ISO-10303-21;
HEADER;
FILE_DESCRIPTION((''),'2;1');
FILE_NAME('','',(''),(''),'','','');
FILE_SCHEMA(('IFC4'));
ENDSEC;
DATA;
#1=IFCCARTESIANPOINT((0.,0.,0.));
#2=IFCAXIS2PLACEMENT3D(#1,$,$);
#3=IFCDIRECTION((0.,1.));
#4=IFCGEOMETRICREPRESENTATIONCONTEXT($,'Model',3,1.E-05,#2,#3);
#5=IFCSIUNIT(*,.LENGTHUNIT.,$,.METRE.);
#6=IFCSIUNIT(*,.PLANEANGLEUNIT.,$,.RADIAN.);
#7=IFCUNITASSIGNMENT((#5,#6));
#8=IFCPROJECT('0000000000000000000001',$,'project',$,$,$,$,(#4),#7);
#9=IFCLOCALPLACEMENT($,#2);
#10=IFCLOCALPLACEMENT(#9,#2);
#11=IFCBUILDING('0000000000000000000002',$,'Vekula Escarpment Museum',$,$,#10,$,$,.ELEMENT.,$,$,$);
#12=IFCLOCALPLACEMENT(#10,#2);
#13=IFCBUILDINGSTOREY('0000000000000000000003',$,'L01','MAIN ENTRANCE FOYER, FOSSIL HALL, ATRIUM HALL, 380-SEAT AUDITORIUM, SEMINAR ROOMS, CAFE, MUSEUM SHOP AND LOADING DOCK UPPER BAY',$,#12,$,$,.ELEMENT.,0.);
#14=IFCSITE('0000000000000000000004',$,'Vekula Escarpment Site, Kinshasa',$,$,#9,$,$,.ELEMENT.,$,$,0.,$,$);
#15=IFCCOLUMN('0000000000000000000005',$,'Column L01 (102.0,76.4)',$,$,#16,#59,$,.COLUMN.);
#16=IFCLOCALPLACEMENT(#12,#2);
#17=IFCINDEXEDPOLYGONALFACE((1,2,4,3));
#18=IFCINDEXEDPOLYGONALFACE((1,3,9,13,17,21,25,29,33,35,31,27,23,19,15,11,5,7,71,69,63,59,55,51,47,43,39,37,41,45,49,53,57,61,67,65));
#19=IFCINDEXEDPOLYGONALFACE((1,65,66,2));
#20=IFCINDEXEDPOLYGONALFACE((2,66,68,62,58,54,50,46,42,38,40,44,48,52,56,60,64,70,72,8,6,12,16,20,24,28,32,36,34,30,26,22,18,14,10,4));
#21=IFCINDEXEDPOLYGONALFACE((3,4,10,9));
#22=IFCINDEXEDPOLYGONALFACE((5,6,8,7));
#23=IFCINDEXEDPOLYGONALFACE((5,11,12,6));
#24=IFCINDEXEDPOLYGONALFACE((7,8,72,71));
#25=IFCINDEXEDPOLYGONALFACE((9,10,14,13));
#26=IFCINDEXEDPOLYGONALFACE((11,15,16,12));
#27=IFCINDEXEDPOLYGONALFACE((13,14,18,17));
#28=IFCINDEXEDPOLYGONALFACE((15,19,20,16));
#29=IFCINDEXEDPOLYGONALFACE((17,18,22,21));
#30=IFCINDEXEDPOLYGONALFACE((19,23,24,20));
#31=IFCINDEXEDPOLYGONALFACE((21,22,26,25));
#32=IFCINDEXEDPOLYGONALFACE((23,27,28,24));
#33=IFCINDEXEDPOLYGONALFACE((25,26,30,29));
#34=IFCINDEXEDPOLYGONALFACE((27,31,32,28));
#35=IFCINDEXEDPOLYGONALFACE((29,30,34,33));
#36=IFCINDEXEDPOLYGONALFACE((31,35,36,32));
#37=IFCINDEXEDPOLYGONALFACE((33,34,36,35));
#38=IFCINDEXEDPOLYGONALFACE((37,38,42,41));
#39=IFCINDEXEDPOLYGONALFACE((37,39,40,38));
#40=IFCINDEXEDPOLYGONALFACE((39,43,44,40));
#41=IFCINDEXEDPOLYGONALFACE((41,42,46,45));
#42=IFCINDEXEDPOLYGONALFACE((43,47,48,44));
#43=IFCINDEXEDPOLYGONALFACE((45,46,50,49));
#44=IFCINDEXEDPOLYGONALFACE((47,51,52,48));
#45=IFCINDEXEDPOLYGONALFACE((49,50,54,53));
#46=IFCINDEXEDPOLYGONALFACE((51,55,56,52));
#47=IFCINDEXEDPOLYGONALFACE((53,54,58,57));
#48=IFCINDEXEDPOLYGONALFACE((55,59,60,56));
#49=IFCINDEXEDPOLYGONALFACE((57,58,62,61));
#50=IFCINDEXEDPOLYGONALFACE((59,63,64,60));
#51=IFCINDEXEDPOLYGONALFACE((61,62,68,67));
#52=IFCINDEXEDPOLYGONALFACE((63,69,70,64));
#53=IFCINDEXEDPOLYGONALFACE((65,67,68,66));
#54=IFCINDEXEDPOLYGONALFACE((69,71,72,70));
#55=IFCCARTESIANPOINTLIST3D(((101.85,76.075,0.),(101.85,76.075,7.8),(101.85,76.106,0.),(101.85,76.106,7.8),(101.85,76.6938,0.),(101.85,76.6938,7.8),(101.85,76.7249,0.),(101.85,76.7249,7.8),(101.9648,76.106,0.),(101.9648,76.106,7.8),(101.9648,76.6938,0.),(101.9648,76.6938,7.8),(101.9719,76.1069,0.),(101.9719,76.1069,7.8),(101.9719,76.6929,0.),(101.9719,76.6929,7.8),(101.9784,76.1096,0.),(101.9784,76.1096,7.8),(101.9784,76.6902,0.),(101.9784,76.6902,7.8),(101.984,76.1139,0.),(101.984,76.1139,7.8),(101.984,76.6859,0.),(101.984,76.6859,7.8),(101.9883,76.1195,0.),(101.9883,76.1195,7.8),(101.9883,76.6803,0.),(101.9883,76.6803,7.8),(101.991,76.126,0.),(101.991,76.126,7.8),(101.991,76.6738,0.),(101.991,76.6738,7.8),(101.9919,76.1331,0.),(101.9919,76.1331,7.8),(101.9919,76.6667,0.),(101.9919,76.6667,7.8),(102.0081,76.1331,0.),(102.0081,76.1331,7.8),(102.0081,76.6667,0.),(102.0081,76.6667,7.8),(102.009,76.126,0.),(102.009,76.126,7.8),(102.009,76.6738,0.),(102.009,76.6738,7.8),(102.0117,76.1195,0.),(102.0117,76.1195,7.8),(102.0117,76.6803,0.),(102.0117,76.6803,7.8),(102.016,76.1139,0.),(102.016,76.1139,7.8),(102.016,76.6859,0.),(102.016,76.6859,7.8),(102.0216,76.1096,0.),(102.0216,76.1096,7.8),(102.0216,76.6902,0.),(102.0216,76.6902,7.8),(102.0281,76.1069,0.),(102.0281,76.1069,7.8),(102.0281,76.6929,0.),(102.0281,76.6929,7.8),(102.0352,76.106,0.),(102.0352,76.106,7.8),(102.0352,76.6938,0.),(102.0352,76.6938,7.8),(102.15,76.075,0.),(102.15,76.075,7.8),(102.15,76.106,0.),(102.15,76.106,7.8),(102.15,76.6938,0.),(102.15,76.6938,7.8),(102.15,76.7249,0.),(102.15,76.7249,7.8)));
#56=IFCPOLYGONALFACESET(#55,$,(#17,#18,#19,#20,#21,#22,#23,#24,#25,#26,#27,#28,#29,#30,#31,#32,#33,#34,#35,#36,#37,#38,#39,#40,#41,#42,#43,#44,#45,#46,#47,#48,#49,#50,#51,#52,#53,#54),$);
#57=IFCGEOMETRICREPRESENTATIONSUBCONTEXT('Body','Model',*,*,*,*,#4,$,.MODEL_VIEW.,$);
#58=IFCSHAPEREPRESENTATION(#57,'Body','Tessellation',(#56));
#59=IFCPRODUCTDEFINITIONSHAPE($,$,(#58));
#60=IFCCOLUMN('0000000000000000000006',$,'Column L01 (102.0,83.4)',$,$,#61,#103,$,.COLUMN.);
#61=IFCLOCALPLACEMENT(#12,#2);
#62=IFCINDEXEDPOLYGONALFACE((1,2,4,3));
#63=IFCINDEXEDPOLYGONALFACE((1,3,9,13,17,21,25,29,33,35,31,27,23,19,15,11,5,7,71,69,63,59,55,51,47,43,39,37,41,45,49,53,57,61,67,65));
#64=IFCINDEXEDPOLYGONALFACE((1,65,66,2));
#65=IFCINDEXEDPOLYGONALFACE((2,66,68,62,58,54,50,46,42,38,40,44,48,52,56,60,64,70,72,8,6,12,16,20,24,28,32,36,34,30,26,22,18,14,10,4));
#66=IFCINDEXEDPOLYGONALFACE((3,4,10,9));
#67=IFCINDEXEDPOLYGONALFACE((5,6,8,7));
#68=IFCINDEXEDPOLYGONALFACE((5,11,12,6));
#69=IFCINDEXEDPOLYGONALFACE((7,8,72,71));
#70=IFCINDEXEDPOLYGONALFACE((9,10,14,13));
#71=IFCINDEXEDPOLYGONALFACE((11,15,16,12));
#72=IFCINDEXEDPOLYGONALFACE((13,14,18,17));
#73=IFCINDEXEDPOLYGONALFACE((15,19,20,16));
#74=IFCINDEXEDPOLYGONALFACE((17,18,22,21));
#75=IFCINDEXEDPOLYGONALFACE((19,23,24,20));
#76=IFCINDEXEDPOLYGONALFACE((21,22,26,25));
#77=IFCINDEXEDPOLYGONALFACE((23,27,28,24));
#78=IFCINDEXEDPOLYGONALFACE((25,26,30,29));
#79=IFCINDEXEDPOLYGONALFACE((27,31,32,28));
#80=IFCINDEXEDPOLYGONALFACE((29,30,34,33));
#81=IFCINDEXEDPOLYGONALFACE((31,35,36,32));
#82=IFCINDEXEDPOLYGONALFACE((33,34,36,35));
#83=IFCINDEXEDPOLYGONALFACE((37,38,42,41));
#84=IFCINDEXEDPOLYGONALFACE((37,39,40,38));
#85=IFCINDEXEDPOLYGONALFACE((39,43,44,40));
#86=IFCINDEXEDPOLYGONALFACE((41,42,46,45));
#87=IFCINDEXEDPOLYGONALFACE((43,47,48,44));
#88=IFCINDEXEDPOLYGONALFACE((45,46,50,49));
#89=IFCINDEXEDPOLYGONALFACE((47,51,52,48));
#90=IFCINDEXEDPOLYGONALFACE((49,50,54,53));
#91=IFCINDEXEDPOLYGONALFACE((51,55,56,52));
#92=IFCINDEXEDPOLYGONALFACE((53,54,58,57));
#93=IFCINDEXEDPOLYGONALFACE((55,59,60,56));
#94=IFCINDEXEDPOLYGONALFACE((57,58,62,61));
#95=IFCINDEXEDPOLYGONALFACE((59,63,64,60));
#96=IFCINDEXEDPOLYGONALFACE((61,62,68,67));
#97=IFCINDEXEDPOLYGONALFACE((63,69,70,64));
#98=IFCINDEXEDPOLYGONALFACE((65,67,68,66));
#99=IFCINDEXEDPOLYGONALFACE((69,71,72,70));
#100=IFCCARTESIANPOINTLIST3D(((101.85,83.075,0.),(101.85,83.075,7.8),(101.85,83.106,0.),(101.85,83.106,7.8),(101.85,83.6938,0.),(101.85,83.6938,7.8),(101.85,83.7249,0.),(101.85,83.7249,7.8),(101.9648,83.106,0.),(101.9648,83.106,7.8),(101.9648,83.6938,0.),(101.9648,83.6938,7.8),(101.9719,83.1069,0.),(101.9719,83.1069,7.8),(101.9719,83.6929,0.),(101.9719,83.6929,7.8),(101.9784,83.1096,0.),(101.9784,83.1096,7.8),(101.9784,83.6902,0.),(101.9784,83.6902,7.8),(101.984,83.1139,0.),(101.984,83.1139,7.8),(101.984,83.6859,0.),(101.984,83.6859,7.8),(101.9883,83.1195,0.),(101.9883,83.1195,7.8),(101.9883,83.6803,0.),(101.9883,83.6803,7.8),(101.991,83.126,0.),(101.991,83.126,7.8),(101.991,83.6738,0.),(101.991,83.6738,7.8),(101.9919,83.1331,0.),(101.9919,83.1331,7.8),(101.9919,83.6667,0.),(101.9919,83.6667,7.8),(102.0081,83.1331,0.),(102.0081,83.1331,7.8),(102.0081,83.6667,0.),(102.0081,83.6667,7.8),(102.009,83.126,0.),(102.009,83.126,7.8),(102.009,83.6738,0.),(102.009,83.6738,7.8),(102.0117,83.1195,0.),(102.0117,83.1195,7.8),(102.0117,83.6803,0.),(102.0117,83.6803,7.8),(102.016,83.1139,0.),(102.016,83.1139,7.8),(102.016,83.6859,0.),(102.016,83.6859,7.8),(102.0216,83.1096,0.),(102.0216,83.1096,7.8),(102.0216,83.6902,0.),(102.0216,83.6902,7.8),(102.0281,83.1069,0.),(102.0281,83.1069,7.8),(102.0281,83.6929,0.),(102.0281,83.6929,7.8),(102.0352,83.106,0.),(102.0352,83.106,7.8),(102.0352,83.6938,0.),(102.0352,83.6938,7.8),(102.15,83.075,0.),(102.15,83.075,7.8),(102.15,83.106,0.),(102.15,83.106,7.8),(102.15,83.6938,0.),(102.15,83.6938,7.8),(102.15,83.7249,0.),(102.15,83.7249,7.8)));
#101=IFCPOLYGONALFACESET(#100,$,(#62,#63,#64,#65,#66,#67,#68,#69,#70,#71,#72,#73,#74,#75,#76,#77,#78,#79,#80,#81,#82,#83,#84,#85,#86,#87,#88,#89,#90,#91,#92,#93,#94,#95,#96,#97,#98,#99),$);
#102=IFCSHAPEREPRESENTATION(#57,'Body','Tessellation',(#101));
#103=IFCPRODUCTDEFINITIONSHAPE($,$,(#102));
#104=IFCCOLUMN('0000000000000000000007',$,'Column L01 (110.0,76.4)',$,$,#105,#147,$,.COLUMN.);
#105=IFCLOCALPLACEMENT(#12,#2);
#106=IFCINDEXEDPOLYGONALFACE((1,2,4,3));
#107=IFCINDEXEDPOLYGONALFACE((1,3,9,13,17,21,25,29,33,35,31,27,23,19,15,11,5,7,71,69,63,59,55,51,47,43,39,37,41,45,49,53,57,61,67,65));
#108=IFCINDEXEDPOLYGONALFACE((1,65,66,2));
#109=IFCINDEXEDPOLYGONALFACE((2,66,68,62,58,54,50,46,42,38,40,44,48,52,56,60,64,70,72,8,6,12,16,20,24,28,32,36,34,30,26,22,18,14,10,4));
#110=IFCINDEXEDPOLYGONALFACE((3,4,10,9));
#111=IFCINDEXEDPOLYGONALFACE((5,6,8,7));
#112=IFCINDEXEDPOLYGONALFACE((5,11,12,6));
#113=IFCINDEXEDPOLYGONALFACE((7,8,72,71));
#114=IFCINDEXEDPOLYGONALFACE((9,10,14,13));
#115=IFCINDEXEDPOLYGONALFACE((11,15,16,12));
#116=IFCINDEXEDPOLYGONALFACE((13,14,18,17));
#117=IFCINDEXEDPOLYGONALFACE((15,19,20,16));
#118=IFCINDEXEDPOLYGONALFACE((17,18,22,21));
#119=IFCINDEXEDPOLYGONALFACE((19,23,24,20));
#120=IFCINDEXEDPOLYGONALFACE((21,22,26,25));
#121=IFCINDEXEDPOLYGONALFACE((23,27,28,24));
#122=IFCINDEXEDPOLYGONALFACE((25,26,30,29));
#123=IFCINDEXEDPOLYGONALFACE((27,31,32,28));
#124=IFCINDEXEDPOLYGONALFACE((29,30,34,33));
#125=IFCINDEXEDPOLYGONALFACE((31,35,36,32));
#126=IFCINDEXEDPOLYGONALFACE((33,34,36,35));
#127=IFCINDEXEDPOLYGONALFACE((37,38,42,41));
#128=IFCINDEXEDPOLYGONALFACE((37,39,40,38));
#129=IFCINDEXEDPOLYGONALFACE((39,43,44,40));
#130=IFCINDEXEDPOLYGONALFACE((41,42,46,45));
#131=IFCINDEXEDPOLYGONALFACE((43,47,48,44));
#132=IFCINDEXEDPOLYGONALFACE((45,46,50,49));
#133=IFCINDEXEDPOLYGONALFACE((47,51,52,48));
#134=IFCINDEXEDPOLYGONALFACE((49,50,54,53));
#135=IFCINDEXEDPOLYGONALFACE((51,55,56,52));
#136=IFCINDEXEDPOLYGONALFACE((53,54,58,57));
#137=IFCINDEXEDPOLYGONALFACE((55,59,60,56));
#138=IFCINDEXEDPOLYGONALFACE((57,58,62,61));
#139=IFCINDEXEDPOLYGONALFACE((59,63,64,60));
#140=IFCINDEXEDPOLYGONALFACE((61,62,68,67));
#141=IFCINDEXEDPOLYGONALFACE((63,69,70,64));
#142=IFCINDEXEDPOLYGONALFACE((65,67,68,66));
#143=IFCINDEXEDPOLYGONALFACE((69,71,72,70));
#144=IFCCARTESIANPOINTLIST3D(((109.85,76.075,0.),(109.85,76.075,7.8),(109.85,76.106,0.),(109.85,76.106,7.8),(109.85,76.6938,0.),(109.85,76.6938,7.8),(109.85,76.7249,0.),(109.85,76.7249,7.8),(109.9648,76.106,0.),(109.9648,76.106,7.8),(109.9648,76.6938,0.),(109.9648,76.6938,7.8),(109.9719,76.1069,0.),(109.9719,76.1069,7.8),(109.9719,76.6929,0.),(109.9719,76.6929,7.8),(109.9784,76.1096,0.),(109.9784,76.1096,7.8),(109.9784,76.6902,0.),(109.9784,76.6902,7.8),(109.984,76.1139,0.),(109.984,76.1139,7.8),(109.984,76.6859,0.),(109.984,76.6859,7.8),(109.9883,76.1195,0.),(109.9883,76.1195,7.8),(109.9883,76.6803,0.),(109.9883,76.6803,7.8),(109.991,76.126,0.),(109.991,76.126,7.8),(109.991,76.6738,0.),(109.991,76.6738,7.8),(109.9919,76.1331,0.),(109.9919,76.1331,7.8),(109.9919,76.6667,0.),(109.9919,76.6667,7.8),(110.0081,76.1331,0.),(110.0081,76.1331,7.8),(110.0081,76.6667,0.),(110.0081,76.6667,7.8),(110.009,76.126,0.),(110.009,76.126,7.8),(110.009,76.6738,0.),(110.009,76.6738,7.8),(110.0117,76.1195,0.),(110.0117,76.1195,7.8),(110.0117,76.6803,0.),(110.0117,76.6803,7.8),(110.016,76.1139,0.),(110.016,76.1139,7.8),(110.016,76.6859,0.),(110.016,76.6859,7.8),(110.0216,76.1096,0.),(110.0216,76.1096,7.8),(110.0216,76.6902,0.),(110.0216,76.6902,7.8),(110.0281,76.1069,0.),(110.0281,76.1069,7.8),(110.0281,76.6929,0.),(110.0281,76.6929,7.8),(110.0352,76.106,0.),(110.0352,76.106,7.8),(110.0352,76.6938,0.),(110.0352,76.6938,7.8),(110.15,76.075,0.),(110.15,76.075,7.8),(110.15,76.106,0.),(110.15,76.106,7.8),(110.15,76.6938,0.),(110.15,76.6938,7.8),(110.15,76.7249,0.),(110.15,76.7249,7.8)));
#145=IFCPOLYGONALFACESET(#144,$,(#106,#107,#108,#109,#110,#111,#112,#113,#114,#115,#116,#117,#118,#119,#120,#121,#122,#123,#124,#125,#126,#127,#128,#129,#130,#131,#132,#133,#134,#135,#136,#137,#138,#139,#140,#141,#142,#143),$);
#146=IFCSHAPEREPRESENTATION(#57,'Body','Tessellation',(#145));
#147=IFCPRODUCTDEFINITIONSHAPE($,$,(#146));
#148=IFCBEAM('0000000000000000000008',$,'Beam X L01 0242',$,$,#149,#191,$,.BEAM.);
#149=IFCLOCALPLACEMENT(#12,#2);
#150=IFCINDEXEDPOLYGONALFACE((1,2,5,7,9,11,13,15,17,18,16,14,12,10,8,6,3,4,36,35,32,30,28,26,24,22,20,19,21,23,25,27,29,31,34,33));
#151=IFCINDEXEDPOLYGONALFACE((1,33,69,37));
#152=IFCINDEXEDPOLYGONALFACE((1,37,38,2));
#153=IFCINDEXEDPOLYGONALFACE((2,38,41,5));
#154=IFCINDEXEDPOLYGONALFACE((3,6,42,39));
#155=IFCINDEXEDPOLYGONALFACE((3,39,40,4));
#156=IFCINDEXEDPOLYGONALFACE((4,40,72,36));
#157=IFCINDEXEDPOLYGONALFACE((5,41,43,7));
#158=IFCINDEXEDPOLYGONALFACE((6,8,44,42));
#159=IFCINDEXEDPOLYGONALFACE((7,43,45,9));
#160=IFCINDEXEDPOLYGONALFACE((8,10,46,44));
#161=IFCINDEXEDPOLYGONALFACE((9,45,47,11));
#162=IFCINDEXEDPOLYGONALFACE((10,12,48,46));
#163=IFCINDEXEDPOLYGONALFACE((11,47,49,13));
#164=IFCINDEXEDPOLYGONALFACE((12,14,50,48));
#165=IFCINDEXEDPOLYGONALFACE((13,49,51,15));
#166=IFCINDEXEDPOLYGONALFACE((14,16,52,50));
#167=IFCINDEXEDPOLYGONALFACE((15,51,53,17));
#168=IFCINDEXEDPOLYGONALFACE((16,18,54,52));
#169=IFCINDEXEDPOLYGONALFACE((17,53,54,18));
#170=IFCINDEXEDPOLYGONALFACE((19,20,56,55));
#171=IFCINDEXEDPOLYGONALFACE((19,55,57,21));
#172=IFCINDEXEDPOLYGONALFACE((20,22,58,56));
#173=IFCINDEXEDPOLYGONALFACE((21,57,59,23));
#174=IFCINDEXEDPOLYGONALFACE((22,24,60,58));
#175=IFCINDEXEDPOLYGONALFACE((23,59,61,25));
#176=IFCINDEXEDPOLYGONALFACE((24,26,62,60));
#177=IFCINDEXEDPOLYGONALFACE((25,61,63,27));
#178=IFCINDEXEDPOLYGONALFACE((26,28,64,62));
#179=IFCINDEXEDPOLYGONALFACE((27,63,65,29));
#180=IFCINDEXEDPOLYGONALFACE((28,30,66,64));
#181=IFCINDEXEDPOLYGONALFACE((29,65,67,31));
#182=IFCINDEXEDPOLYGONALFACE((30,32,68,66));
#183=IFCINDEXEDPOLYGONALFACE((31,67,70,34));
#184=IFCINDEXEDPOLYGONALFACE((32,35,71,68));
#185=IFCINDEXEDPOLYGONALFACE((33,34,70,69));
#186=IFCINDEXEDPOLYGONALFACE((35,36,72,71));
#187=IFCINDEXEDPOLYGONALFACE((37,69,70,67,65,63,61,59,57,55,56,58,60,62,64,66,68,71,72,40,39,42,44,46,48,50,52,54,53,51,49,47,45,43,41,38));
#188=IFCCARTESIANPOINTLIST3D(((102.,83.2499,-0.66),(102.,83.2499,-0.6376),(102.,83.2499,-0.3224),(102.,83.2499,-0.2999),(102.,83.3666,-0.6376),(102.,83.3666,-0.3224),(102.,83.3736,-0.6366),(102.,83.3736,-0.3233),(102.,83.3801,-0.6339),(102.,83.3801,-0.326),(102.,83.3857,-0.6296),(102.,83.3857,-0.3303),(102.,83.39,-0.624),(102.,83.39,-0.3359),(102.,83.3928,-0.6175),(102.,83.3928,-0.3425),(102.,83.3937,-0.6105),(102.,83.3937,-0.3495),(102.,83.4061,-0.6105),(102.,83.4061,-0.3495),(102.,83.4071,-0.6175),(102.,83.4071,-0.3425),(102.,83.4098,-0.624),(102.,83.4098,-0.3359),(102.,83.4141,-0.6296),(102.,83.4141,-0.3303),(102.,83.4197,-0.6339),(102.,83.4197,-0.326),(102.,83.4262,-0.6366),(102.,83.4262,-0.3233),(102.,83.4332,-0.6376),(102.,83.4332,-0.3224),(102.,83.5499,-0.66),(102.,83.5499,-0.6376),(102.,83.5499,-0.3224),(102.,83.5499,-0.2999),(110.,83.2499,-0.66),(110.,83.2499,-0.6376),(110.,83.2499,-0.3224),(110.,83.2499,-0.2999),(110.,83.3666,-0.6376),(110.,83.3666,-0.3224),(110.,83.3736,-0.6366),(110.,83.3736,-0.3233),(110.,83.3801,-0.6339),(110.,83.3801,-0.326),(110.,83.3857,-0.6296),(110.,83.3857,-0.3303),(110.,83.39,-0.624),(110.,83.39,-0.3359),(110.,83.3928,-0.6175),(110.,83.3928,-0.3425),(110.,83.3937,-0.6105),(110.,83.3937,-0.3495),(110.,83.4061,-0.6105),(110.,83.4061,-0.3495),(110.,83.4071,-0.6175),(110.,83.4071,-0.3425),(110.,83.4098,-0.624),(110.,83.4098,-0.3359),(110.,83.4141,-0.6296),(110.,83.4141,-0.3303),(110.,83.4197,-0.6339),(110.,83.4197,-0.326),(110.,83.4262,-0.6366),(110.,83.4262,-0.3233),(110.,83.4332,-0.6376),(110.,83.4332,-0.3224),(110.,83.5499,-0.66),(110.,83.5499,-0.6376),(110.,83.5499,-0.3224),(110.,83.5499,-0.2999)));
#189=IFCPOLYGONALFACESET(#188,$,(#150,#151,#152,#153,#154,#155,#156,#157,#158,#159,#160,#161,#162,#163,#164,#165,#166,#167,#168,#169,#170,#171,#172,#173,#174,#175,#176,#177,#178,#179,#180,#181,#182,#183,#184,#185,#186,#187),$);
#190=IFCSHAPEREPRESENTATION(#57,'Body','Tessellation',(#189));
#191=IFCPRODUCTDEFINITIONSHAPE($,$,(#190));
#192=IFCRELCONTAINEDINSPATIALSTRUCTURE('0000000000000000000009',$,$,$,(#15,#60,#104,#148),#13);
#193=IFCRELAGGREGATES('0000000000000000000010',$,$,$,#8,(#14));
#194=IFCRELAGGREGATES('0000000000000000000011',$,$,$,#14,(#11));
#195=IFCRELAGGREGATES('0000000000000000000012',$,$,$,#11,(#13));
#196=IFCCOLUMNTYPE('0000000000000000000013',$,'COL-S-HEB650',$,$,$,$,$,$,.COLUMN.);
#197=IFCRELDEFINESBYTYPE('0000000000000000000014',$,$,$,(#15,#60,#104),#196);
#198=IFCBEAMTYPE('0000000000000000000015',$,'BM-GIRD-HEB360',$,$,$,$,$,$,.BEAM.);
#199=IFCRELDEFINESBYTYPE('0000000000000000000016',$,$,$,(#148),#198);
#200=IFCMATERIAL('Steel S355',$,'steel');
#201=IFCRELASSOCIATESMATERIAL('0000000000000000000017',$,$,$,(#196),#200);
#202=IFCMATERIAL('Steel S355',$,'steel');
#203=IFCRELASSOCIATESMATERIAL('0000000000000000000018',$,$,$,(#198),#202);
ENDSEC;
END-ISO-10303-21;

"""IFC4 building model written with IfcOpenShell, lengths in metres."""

from ifc_helpers import new_model, si_unit, direction, frame, origin, origin_2d, place, context, subcontext, project, spatial, i_section, extrude, material, material_profile, profile_set, type_object, element, save


model = new_model("IFC4")

# Units and contexts
model_context = context("Model", 3, precision=1e-05, world=origin(), true_north=direction((0.0, 1.0)))
body_context = subcontext(model_context, "Body", "Model", "MODEL_VIEW")
ifc_project = project(units=[si_unit("LENGTHUNIT", "METRE"), si_unit("PLANEANGLEUNIT", "RADIAN")], contexts=[model_context])

# Site, building, storey
site_placement = place(None, origin())
site = spatial("IfcSite", under=ifc_project, at=site_placement, Name="Vekula Escarpment Site, Kinshasa", CompositionType="ELEMENT", RefElevation=0.0)
building_placement = place(site_placement, origin())
building = spatial("IfcBuilding", under=site, at=building_placement, Name="Vekula Escarpment Museum", CompositionType="ELEMENT")
storey_placement = place(building_placement, origin())
storey = spatial("IfcBuildingStorey", under=building, at=storey_placement, Name="L01", Description="MAIN ENTRANCE FOYER, FOSSIL HALL, ATRIUM HALL, 380-SEAT AUDITORIUM, SEMINAR ROOMS, CAFE, MUSEUM SHOP AND LOADING DOCK UPPER BAY", CompositionType="ELEMENT", Elevation=0.0)

# Columns
ifc_material_1 = material(Name="Steel S355", Category="steel")
ifc_material_profile_1 = material_profile(ifc_material_1, i_section(OverallWidth=0.3, OverallDepth=0.6499, WebThickness=0.0161, FlangeThickness=0.031, FilletRadius=0.0271, at=origin_2d()), Name="HEB 650")
ifc_profile_set_1 = profile_set([ifc_material_profile_1], Name="Steel S355")
column_type = type_object("IfcColumnType", Name="COL-S-HEB650", PredefinedType="COLUMN", material=ifc_profile_set_1)
for number, where, z_axis, x_axis, name in (
    (1, (102.0, 76.3999, 0.0), (0.0, 0.0, 1.0), (1.0, 0.0, 0.0), "Column L01 (102.0,76.4)"),
    (2, (102.0, 83.3999, 0.0), (0.0, 0.0, 1.0), (1.0, 0.0, 0.0), "Column L01 (102.0,83.4)"),
    (3, (110.0, 76.3999, 0.0), (0.0, 0.0, 1.0), (1.0, 0.0, 0.0), "Column L01 (110.0,76.4)"),
):
    element("IfcColumn", number, at=place(storey_placement, frame(where, z_axis=z_axis, x_axis=x_axis)), inside=storey, type_object=column_type, Name=name, PredefinedType="COLUMN", context=body_context, shape_type="SweptSolid", body=[
        extrude(i_section(OverallWidth=0.3, OverallDepth=0.6499, WebThickness=0.0161, FlangeThickness=0.031, FilletRadius=0.0271, at=origin_2d()), origin(), (0.0, 0.0, 1.0), 7.8),
    ])

# Beam
ifc_material_2 = material(Name="Steel S355", Category="steel")
ifc_material_profile_2 = material_profile(ifc_material_2, i_section(OverallWidth=0.3, OverallDepth=0.3601, WebThickness=0.0125, FlangeThickness=0.0225, FilletRadius=0.0271, at=origin_2d()), Name="HEB 360")
ifc_profile_set_2 = profile_set([ifc_material_profile_2], Name="Steel S355")
beam_type_1 = type_object("IfcBeamType", Name="BM-GIRD-HEB360", PredefinedType="BEAM", material=ifc_profile_set_2)
beam_1_placement = place(storey_placement, frame((102.0, 83.3999, -0.48), z_axis=(1.0, 0.0, 0.0), x_axis=(0.0, 1.0, 0.0)))
element("IfcBeam", 4, at=beam_1_placement, inside=storey, type_object=beam_type_1, Name="Beam X L01 0242", PredefinedType="BEAM", context=body_context, shape_type="SweptSolid", body=[
    extrude(i_section(OverallWidth=0.3, OverallDepth=0.3601, WebThickness=0.0125, FlangeThickness=0.0225, FilletRadius=0.0271, at=origin_2d()), origin(), (0.0, 0.0, 1.0), 8.0),
])

save(model, "model.ifc")
